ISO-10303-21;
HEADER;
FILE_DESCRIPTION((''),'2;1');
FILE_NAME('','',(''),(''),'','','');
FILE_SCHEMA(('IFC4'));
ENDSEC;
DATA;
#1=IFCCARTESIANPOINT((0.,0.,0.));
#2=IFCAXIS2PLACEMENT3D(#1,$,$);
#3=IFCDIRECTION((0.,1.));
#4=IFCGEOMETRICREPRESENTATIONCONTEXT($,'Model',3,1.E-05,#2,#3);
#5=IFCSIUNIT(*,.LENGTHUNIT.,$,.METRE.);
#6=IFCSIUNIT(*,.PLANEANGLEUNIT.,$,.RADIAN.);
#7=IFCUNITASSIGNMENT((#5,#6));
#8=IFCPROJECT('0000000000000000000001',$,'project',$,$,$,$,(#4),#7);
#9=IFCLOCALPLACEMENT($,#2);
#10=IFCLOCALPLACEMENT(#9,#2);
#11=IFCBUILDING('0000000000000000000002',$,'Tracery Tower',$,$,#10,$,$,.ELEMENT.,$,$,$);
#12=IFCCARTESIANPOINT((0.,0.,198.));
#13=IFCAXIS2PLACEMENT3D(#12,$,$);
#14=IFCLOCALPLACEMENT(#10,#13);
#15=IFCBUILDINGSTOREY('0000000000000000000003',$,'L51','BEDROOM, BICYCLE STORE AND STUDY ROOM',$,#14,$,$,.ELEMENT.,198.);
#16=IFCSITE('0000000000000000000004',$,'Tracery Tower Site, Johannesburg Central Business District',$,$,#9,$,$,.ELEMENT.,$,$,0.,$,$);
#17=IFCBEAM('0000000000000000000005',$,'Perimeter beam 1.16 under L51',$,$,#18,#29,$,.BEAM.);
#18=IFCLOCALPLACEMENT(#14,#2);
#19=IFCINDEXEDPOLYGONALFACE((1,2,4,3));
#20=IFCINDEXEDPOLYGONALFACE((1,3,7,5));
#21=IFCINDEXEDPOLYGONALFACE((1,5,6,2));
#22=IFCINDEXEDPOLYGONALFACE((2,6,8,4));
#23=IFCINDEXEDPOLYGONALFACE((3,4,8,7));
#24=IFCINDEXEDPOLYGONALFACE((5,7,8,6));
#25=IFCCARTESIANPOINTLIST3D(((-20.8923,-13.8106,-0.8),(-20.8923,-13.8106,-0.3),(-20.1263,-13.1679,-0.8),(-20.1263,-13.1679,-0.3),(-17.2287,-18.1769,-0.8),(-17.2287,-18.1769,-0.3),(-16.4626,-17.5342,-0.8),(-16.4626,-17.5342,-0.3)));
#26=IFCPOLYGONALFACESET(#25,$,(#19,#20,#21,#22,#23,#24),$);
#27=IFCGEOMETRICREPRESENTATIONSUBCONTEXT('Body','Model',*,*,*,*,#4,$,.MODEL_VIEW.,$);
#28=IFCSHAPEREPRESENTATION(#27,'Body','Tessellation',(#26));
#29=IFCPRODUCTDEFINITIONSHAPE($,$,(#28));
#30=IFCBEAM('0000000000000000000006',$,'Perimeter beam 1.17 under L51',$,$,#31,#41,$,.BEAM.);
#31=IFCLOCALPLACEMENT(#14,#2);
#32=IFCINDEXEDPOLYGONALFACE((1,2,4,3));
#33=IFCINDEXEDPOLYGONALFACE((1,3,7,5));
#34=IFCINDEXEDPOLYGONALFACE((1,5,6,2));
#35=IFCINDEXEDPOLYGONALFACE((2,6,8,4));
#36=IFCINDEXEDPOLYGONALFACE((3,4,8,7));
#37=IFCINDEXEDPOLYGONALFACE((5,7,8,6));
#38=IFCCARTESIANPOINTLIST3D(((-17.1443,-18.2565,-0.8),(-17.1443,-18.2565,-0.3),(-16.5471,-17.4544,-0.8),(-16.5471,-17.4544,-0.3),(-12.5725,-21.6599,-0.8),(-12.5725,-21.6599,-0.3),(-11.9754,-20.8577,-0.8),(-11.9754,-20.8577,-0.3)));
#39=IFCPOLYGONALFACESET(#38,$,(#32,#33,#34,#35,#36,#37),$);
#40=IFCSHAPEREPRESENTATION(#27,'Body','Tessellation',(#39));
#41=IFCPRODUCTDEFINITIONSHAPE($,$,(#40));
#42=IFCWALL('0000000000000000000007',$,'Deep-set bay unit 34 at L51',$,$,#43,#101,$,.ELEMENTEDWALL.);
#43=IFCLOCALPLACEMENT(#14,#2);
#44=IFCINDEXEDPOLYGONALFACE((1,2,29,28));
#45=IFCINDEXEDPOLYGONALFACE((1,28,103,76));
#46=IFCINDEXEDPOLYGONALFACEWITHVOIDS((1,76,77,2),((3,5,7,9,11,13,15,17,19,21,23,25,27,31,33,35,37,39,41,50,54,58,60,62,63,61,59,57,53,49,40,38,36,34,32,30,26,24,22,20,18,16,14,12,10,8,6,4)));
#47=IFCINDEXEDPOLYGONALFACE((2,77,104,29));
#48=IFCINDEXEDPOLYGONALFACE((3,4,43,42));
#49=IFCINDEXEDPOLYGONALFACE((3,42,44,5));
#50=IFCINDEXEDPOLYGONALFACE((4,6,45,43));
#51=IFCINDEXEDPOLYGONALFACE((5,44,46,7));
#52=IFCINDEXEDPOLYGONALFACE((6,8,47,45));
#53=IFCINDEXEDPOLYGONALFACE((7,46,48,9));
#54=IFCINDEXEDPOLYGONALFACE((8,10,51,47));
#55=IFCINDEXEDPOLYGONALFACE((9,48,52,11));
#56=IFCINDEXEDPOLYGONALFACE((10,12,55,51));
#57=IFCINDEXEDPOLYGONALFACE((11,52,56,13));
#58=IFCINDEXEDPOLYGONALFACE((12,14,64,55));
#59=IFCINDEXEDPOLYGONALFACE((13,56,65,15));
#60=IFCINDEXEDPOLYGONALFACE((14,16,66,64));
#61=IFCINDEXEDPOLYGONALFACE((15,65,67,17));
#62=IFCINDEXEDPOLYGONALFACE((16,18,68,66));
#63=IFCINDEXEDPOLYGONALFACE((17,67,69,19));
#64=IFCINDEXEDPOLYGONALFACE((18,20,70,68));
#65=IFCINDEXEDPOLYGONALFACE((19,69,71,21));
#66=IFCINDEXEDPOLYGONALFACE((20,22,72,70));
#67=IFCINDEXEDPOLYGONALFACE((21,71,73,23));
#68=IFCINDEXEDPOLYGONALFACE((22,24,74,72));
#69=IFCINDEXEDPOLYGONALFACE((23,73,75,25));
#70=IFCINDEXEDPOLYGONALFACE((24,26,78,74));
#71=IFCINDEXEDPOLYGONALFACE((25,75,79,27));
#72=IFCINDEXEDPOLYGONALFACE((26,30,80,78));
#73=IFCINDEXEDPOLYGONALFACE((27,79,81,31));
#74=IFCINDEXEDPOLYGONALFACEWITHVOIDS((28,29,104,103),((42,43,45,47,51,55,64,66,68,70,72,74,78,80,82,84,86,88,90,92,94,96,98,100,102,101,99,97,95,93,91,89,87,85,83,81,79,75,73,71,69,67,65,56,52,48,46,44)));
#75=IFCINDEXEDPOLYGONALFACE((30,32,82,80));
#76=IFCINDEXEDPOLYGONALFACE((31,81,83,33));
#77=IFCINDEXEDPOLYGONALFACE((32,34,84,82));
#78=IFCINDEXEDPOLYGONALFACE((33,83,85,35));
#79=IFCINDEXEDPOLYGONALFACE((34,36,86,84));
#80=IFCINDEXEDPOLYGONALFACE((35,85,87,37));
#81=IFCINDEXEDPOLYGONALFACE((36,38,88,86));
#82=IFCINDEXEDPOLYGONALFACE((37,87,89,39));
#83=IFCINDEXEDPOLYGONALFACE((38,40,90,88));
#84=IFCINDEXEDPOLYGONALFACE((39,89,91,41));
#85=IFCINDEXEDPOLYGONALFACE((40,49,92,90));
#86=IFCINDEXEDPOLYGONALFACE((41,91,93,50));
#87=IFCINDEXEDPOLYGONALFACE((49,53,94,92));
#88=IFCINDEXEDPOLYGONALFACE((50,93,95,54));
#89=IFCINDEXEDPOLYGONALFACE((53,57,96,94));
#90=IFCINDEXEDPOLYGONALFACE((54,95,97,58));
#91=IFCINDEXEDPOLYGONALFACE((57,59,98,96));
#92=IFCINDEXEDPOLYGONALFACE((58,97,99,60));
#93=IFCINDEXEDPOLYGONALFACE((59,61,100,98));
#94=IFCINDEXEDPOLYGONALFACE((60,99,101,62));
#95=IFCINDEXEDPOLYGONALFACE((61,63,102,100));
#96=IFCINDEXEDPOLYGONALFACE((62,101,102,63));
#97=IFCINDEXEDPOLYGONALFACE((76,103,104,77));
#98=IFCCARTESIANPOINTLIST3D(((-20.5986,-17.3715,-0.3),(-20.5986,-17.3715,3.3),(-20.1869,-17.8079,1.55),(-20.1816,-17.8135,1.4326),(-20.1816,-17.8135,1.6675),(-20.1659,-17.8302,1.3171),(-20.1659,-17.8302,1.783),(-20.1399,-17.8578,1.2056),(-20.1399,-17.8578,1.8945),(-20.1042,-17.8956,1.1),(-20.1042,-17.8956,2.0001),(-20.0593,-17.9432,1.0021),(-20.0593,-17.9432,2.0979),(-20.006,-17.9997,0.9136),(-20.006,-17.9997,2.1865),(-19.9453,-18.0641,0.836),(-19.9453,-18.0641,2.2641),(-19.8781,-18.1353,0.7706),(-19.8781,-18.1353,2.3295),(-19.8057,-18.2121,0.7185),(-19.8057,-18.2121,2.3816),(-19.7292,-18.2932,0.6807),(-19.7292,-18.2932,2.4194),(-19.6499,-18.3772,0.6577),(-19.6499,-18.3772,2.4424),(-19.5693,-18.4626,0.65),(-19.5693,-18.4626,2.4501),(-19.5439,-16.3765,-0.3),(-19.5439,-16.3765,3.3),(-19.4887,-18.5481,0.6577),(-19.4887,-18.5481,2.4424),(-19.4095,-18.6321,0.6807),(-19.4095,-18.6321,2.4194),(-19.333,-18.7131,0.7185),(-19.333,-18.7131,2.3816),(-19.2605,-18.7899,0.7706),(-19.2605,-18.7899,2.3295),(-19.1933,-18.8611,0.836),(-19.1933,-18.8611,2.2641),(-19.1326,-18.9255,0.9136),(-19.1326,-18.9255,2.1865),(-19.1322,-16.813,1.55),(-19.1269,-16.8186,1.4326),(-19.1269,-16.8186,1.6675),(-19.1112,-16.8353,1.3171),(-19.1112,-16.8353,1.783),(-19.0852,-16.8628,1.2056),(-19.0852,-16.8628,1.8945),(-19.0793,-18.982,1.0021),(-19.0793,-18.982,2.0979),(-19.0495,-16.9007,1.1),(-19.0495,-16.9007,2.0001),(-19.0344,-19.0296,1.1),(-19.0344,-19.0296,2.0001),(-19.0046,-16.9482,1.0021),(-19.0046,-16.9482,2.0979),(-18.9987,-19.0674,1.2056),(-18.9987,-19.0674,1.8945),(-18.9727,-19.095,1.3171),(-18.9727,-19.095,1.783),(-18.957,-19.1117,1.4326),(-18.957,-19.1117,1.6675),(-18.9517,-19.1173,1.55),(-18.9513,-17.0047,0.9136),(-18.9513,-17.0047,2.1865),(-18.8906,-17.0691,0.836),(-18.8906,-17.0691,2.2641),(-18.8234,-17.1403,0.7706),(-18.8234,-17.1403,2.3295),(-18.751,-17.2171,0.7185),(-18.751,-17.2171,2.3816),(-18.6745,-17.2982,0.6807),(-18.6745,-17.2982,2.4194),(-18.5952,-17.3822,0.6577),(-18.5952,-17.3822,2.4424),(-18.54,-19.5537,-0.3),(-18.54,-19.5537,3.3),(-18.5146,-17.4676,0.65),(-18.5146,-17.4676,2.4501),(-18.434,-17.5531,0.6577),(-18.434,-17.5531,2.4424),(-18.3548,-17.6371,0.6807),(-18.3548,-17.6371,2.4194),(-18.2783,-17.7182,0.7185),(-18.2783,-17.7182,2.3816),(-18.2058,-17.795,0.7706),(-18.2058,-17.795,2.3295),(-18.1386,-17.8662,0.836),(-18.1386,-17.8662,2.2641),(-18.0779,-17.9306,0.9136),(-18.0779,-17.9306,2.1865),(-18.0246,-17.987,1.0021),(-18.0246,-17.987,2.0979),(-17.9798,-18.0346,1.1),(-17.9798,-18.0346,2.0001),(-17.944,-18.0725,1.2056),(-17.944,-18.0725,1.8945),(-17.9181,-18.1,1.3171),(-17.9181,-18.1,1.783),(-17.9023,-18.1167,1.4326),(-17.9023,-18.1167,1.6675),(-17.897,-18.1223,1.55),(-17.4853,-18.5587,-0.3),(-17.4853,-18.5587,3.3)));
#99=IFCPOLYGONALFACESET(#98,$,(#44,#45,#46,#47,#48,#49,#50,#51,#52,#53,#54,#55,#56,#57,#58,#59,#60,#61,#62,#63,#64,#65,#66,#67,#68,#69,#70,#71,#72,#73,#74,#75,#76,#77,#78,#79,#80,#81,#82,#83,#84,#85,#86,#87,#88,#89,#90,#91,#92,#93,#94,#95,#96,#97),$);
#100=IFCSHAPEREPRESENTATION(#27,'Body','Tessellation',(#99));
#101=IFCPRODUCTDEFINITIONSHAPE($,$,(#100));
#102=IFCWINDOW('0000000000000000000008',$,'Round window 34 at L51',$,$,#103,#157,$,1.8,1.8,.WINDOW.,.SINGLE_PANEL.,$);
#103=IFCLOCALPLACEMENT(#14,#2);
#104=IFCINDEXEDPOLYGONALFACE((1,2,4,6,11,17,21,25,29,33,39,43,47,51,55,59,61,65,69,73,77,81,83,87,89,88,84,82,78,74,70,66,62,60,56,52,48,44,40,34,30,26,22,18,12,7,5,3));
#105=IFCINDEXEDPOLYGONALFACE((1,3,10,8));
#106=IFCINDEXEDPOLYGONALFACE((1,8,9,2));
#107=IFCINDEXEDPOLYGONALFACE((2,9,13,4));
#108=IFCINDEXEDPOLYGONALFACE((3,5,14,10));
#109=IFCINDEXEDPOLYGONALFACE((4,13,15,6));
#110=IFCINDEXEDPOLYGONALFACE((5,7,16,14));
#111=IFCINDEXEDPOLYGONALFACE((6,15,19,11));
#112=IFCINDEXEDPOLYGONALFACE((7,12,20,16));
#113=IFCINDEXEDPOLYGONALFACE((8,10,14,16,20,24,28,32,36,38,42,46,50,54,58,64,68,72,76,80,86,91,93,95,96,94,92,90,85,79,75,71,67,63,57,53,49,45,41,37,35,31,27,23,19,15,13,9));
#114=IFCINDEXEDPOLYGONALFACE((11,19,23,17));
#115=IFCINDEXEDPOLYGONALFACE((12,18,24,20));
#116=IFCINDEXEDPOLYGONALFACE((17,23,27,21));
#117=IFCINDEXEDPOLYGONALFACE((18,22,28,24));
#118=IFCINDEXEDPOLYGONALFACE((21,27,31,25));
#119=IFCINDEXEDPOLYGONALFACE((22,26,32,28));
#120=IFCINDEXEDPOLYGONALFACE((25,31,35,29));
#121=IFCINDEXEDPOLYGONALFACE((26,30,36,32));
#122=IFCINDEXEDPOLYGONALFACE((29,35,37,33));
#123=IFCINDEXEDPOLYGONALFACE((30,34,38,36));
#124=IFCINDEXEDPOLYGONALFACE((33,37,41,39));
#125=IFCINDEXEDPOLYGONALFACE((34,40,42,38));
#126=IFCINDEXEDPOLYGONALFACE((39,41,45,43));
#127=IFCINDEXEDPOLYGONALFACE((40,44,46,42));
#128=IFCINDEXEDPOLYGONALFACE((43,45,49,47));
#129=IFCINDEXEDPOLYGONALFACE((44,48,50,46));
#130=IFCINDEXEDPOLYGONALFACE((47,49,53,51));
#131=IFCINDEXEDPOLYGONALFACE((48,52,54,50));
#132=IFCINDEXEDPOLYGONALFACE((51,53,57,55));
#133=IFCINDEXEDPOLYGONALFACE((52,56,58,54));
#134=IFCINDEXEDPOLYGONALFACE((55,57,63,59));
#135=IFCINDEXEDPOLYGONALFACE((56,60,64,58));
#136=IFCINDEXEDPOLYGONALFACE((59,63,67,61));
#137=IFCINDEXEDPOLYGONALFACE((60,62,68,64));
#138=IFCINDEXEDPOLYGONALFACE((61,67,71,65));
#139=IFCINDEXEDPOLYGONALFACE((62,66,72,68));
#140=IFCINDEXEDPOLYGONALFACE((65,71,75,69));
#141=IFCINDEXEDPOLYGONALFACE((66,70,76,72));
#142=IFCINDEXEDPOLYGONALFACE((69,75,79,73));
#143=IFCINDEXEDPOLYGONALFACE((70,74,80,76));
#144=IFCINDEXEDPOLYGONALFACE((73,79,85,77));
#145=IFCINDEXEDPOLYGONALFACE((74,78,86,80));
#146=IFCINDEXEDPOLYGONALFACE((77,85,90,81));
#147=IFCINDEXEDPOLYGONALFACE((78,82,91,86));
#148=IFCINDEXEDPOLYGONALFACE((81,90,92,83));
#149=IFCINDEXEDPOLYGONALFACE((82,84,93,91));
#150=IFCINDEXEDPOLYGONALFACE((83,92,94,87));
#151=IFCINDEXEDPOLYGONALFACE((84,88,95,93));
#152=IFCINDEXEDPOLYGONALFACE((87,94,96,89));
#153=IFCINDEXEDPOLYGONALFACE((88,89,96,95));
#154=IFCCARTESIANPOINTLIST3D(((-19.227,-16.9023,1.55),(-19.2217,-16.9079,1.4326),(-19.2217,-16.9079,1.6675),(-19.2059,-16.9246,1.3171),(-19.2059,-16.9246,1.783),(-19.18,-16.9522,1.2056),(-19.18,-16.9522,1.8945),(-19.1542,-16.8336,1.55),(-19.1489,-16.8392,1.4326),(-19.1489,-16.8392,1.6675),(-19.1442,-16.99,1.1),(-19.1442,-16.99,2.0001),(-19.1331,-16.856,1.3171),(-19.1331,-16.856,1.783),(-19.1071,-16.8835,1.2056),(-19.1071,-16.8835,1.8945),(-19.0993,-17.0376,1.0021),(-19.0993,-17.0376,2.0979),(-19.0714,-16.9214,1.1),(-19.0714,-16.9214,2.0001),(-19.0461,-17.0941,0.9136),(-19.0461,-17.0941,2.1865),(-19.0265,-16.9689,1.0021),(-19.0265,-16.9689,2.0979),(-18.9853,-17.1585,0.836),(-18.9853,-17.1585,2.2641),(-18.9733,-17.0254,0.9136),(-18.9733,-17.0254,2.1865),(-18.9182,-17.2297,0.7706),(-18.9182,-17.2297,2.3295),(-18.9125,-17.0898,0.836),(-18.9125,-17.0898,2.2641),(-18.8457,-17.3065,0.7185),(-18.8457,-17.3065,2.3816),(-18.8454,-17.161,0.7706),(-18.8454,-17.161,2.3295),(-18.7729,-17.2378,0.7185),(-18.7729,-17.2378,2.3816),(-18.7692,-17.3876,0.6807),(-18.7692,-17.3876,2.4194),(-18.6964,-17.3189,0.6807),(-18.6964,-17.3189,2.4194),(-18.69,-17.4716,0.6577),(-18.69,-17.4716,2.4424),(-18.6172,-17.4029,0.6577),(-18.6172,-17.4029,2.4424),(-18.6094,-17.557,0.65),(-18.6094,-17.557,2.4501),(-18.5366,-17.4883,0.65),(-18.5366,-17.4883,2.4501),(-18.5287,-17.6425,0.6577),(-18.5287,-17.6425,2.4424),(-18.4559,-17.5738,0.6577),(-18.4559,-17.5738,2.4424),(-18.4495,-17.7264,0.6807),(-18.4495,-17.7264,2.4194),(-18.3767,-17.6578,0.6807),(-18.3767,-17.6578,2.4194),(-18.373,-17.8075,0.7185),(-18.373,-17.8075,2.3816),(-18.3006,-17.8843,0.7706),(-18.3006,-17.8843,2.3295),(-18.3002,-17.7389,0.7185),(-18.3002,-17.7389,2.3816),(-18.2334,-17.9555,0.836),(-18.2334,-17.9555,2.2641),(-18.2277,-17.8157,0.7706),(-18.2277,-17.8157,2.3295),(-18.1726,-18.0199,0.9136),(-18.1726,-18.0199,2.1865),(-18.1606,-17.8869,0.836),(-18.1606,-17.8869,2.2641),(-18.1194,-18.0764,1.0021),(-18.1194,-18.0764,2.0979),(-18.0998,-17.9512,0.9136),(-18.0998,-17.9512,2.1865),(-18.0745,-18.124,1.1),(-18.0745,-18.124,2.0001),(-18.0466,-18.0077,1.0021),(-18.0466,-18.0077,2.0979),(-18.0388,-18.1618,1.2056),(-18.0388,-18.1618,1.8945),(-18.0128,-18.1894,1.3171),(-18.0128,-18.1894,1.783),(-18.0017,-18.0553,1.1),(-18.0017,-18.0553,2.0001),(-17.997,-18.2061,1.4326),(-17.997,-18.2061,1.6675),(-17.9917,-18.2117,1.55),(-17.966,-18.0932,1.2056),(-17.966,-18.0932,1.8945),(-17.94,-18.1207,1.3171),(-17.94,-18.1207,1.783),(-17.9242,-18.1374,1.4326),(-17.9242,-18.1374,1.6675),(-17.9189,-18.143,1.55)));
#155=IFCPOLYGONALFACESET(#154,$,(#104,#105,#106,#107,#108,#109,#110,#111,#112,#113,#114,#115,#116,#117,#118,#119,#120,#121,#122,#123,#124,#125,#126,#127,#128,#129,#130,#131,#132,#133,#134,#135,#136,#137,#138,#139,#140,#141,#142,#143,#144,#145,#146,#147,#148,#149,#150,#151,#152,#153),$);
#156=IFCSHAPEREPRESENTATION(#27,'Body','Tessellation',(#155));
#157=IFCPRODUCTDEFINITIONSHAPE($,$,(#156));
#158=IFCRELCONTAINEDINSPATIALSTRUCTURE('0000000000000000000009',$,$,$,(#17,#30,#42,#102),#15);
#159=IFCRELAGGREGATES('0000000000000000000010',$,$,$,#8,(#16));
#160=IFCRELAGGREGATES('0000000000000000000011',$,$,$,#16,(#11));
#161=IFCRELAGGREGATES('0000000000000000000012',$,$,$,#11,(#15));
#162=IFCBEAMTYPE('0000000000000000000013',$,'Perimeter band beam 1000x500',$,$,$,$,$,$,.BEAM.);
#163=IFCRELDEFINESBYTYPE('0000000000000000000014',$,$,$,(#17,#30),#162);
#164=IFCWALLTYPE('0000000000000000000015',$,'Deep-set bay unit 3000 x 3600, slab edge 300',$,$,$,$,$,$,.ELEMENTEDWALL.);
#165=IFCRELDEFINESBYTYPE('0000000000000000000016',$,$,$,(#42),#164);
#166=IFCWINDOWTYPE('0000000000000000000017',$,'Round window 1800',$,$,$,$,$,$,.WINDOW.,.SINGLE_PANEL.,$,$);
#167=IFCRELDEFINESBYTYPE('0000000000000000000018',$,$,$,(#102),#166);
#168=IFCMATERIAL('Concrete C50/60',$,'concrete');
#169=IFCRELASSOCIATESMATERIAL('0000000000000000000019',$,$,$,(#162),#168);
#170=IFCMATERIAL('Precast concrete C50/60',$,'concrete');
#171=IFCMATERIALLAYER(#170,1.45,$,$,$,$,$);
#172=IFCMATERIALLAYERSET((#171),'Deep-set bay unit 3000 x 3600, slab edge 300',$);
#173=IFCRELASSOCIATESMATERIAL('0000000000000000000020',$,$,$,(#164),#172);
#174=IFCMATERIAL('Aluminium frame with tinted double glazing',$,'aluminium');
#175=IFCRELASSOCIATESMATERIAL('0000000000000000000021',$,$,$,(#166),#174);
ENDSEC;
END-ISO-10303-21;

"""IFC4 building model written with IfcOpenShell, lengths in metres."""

from ifc_helpers import new_model, si_unit, direction, frame, frame_2d, origin, origin_2d, place, context, subcontext, project, spatial, rectangle, circle, extrude, material, layer, layer_set, material_profile, profile_set, type_object, element, fill, save


model = new_model("IFC4")

# Units and contexts
model_context = context("Model", 3, precision=1e-05, world=origin(), true_north=direction((0.0, 1.0)))
body_context = subcontext(model_context, "Body", "Model", "MODEL_VIEW")
ifc_project = project(units=[si_unit("LENGTHUNIT", "METRE"), si_unit("PLANEANGLEUNIT", "RADIAN")], contexts=[model_context])

# Site, building, storey
site_placement = place(None, origin())
site = spatial("IfcSite", under=ifc_project, at=site_placement, Name="Tracery Tower Site, Johannesburg Central Business District", CompositionType="ELEMENT", RefElevation=0.0)
building_placement = place(site_placement, origin())
building = spatial("IfcBuilding", under=site, at=building_placement, Name="Tracery Tower", CompositionType="ELEMENT")
storey_placement = place(building_placement, frame((0.0, 0.0, 198.0)))
storey = spatial("IfcBuildingStorey", under=building, at=storey_placement, Name="L51", Description="BEDROOM, BICYCLE STORE AND STUDY ROOM", CompositionType="ELEMENT", Elevation=198.0)

# Beams
ifc_material_1 = material(Name="Concrete C50/60", Category="concrete")
ifc_material_profile_1 = material_profile(ifc_material_1, rectangle(XDim=1.0, YDim=0.5, at=origin_2d()), Name="RC 1000x500")
ifc_profile_set_1 = profile_set([ifc_material_profile_1], Name="Concrete C50/60")
beam_type = type_object("IfcBeamType", Name="Perimeter band beam 1000x500", PredefinedType="BEAM", material=ifc_profile_set_1)
beam_1_placement = place(storey_placement, frame((-20.5093, -13.4893, -0.55), z_axis=(0.642776, -0.766054, 0.0), x_axis=(0.766054, 0.642776, 0.0)))
element("IfcBeam", 1, at=beam_1_placement, inside=storey, type_object=beam_type, Name="Perimeter beam 1.16 under L51", PredefinedType="BEAM", context=body_context, shape_type="SweptSolid", body=[
    extrude(rectangle(XDim=1.0, YDim=0.5, at=origin_2d()), origin(), (0.0, 0.0, 1.0), 5.6997),
])
beam_2_placement = place(storey_placement, frame((-16.8457, -17.8555, -0.55), z_axis=(0.802144, -0.597131, 0.0), x_axis=(0.597131, 0.802144, 0.0)))
element("IfcBeam", 2, at=beam_2_placement, inside=storey, type_object=beam_type, Name="Perimeter beam 1.17 under L51", PredefinedType="BEAM", context=body_context, shape_type="SweptSolid", body=[
    extrude(rectangle(XDim=1.0, YDim=0.5, at=origin_2d()), origin(), (0.0, 0.0, 1.0), 5.6995),
])

# Wall, opening, window
ifc_material_2 = material(Name="Precast concrete C50/60", Category="concrete")
ifc_layer_1 = layer(ifc_material_2, 1.45)
ifc_layer_set_1 = layer_set([ifc_layer_1], Name="Deep-set bay unit 3000 x 3600, slab edge 300")
wall_type_1 = type_object("IfcWallType", Name="Deep-set bay unit 3000 x 3600, slab edge 300", PredefinedType="ELEMENTEDWALL", material=ifc_layer_set_1)
wall_1_placement = place(storey_placement, frame((-20.0713, -16.874, -0.3), z_axis=(0.0, 0.0, 1.0), x_axis=(0.686217, -0.727397, 0.0)))
wall_1 = element("IfcWall", 3, at=wall_1_placement, inside=storey, type_object=wall_type_1, Name="Deep-set bay unit 34 at L51", PredefinedType="ELEMENTEDWALL", context=body_context, shape_type="SweptSolid", body=[
    extrude(rectangle(XDim=3.0, YDim=1.45, at=frame_2d((1.5, 0.0))), origin(), (0.0, 0.0, 1.0), 3.6001),
])
opening_1_placement = place(wall_1_placement, frame((1.5, 0.0, 1.8501)))
opening_1 = element("IfcOpeningElement", 4, at=opening_1_placement, cuts=wall_1, PredefinedType="OPENING", context=body_context, shape_type="SweptSolid", body=[
    extrude(circle(Radius=0.9, at=origin_2d()), frame((0.0, 0.7349, 0.0), z_axis=(0.0, -1.0, 0.0), x_axis=(1.0, 0.0, 0.0)), (0.0, 0.0, 1.0), 1.47),
])
ifc_material_3 = material(Name="Aluminium frame with tinted double glazing", Category="aluminium")
window_type = type_object("IfcWindowType", Name="Round window 1800", PartitioningType="SINGLE_PANEL", PredefinedType="WINDOW", material=ifc_material_3)
window_1_placement = place(opening_1_placement, origin())
window_1 = element("IfcWindow", 5, at=window_1_placement, inside=storey, type_object=window_type, Name="Round window 34 at L51", OverallHeight=1.8, OverallWidth=1.8, PartitioningType="SINGLE_PANEL", PredefinedType="WINDOW", context=body_context, shape_type="SweptSolid", body=[
    extrude(circle(Radius=0.9, at=origin_2d()), frame((0.0, 0.6948, 0.0), z_axis=(0.0, -1.0, 0.0), x_axis=(1.0, 0.0, 0.0)), (0.0, 0.0, 1.0), 0.1001),
])
fill(opening_1, window_1)

save(model, "model.ifc")
